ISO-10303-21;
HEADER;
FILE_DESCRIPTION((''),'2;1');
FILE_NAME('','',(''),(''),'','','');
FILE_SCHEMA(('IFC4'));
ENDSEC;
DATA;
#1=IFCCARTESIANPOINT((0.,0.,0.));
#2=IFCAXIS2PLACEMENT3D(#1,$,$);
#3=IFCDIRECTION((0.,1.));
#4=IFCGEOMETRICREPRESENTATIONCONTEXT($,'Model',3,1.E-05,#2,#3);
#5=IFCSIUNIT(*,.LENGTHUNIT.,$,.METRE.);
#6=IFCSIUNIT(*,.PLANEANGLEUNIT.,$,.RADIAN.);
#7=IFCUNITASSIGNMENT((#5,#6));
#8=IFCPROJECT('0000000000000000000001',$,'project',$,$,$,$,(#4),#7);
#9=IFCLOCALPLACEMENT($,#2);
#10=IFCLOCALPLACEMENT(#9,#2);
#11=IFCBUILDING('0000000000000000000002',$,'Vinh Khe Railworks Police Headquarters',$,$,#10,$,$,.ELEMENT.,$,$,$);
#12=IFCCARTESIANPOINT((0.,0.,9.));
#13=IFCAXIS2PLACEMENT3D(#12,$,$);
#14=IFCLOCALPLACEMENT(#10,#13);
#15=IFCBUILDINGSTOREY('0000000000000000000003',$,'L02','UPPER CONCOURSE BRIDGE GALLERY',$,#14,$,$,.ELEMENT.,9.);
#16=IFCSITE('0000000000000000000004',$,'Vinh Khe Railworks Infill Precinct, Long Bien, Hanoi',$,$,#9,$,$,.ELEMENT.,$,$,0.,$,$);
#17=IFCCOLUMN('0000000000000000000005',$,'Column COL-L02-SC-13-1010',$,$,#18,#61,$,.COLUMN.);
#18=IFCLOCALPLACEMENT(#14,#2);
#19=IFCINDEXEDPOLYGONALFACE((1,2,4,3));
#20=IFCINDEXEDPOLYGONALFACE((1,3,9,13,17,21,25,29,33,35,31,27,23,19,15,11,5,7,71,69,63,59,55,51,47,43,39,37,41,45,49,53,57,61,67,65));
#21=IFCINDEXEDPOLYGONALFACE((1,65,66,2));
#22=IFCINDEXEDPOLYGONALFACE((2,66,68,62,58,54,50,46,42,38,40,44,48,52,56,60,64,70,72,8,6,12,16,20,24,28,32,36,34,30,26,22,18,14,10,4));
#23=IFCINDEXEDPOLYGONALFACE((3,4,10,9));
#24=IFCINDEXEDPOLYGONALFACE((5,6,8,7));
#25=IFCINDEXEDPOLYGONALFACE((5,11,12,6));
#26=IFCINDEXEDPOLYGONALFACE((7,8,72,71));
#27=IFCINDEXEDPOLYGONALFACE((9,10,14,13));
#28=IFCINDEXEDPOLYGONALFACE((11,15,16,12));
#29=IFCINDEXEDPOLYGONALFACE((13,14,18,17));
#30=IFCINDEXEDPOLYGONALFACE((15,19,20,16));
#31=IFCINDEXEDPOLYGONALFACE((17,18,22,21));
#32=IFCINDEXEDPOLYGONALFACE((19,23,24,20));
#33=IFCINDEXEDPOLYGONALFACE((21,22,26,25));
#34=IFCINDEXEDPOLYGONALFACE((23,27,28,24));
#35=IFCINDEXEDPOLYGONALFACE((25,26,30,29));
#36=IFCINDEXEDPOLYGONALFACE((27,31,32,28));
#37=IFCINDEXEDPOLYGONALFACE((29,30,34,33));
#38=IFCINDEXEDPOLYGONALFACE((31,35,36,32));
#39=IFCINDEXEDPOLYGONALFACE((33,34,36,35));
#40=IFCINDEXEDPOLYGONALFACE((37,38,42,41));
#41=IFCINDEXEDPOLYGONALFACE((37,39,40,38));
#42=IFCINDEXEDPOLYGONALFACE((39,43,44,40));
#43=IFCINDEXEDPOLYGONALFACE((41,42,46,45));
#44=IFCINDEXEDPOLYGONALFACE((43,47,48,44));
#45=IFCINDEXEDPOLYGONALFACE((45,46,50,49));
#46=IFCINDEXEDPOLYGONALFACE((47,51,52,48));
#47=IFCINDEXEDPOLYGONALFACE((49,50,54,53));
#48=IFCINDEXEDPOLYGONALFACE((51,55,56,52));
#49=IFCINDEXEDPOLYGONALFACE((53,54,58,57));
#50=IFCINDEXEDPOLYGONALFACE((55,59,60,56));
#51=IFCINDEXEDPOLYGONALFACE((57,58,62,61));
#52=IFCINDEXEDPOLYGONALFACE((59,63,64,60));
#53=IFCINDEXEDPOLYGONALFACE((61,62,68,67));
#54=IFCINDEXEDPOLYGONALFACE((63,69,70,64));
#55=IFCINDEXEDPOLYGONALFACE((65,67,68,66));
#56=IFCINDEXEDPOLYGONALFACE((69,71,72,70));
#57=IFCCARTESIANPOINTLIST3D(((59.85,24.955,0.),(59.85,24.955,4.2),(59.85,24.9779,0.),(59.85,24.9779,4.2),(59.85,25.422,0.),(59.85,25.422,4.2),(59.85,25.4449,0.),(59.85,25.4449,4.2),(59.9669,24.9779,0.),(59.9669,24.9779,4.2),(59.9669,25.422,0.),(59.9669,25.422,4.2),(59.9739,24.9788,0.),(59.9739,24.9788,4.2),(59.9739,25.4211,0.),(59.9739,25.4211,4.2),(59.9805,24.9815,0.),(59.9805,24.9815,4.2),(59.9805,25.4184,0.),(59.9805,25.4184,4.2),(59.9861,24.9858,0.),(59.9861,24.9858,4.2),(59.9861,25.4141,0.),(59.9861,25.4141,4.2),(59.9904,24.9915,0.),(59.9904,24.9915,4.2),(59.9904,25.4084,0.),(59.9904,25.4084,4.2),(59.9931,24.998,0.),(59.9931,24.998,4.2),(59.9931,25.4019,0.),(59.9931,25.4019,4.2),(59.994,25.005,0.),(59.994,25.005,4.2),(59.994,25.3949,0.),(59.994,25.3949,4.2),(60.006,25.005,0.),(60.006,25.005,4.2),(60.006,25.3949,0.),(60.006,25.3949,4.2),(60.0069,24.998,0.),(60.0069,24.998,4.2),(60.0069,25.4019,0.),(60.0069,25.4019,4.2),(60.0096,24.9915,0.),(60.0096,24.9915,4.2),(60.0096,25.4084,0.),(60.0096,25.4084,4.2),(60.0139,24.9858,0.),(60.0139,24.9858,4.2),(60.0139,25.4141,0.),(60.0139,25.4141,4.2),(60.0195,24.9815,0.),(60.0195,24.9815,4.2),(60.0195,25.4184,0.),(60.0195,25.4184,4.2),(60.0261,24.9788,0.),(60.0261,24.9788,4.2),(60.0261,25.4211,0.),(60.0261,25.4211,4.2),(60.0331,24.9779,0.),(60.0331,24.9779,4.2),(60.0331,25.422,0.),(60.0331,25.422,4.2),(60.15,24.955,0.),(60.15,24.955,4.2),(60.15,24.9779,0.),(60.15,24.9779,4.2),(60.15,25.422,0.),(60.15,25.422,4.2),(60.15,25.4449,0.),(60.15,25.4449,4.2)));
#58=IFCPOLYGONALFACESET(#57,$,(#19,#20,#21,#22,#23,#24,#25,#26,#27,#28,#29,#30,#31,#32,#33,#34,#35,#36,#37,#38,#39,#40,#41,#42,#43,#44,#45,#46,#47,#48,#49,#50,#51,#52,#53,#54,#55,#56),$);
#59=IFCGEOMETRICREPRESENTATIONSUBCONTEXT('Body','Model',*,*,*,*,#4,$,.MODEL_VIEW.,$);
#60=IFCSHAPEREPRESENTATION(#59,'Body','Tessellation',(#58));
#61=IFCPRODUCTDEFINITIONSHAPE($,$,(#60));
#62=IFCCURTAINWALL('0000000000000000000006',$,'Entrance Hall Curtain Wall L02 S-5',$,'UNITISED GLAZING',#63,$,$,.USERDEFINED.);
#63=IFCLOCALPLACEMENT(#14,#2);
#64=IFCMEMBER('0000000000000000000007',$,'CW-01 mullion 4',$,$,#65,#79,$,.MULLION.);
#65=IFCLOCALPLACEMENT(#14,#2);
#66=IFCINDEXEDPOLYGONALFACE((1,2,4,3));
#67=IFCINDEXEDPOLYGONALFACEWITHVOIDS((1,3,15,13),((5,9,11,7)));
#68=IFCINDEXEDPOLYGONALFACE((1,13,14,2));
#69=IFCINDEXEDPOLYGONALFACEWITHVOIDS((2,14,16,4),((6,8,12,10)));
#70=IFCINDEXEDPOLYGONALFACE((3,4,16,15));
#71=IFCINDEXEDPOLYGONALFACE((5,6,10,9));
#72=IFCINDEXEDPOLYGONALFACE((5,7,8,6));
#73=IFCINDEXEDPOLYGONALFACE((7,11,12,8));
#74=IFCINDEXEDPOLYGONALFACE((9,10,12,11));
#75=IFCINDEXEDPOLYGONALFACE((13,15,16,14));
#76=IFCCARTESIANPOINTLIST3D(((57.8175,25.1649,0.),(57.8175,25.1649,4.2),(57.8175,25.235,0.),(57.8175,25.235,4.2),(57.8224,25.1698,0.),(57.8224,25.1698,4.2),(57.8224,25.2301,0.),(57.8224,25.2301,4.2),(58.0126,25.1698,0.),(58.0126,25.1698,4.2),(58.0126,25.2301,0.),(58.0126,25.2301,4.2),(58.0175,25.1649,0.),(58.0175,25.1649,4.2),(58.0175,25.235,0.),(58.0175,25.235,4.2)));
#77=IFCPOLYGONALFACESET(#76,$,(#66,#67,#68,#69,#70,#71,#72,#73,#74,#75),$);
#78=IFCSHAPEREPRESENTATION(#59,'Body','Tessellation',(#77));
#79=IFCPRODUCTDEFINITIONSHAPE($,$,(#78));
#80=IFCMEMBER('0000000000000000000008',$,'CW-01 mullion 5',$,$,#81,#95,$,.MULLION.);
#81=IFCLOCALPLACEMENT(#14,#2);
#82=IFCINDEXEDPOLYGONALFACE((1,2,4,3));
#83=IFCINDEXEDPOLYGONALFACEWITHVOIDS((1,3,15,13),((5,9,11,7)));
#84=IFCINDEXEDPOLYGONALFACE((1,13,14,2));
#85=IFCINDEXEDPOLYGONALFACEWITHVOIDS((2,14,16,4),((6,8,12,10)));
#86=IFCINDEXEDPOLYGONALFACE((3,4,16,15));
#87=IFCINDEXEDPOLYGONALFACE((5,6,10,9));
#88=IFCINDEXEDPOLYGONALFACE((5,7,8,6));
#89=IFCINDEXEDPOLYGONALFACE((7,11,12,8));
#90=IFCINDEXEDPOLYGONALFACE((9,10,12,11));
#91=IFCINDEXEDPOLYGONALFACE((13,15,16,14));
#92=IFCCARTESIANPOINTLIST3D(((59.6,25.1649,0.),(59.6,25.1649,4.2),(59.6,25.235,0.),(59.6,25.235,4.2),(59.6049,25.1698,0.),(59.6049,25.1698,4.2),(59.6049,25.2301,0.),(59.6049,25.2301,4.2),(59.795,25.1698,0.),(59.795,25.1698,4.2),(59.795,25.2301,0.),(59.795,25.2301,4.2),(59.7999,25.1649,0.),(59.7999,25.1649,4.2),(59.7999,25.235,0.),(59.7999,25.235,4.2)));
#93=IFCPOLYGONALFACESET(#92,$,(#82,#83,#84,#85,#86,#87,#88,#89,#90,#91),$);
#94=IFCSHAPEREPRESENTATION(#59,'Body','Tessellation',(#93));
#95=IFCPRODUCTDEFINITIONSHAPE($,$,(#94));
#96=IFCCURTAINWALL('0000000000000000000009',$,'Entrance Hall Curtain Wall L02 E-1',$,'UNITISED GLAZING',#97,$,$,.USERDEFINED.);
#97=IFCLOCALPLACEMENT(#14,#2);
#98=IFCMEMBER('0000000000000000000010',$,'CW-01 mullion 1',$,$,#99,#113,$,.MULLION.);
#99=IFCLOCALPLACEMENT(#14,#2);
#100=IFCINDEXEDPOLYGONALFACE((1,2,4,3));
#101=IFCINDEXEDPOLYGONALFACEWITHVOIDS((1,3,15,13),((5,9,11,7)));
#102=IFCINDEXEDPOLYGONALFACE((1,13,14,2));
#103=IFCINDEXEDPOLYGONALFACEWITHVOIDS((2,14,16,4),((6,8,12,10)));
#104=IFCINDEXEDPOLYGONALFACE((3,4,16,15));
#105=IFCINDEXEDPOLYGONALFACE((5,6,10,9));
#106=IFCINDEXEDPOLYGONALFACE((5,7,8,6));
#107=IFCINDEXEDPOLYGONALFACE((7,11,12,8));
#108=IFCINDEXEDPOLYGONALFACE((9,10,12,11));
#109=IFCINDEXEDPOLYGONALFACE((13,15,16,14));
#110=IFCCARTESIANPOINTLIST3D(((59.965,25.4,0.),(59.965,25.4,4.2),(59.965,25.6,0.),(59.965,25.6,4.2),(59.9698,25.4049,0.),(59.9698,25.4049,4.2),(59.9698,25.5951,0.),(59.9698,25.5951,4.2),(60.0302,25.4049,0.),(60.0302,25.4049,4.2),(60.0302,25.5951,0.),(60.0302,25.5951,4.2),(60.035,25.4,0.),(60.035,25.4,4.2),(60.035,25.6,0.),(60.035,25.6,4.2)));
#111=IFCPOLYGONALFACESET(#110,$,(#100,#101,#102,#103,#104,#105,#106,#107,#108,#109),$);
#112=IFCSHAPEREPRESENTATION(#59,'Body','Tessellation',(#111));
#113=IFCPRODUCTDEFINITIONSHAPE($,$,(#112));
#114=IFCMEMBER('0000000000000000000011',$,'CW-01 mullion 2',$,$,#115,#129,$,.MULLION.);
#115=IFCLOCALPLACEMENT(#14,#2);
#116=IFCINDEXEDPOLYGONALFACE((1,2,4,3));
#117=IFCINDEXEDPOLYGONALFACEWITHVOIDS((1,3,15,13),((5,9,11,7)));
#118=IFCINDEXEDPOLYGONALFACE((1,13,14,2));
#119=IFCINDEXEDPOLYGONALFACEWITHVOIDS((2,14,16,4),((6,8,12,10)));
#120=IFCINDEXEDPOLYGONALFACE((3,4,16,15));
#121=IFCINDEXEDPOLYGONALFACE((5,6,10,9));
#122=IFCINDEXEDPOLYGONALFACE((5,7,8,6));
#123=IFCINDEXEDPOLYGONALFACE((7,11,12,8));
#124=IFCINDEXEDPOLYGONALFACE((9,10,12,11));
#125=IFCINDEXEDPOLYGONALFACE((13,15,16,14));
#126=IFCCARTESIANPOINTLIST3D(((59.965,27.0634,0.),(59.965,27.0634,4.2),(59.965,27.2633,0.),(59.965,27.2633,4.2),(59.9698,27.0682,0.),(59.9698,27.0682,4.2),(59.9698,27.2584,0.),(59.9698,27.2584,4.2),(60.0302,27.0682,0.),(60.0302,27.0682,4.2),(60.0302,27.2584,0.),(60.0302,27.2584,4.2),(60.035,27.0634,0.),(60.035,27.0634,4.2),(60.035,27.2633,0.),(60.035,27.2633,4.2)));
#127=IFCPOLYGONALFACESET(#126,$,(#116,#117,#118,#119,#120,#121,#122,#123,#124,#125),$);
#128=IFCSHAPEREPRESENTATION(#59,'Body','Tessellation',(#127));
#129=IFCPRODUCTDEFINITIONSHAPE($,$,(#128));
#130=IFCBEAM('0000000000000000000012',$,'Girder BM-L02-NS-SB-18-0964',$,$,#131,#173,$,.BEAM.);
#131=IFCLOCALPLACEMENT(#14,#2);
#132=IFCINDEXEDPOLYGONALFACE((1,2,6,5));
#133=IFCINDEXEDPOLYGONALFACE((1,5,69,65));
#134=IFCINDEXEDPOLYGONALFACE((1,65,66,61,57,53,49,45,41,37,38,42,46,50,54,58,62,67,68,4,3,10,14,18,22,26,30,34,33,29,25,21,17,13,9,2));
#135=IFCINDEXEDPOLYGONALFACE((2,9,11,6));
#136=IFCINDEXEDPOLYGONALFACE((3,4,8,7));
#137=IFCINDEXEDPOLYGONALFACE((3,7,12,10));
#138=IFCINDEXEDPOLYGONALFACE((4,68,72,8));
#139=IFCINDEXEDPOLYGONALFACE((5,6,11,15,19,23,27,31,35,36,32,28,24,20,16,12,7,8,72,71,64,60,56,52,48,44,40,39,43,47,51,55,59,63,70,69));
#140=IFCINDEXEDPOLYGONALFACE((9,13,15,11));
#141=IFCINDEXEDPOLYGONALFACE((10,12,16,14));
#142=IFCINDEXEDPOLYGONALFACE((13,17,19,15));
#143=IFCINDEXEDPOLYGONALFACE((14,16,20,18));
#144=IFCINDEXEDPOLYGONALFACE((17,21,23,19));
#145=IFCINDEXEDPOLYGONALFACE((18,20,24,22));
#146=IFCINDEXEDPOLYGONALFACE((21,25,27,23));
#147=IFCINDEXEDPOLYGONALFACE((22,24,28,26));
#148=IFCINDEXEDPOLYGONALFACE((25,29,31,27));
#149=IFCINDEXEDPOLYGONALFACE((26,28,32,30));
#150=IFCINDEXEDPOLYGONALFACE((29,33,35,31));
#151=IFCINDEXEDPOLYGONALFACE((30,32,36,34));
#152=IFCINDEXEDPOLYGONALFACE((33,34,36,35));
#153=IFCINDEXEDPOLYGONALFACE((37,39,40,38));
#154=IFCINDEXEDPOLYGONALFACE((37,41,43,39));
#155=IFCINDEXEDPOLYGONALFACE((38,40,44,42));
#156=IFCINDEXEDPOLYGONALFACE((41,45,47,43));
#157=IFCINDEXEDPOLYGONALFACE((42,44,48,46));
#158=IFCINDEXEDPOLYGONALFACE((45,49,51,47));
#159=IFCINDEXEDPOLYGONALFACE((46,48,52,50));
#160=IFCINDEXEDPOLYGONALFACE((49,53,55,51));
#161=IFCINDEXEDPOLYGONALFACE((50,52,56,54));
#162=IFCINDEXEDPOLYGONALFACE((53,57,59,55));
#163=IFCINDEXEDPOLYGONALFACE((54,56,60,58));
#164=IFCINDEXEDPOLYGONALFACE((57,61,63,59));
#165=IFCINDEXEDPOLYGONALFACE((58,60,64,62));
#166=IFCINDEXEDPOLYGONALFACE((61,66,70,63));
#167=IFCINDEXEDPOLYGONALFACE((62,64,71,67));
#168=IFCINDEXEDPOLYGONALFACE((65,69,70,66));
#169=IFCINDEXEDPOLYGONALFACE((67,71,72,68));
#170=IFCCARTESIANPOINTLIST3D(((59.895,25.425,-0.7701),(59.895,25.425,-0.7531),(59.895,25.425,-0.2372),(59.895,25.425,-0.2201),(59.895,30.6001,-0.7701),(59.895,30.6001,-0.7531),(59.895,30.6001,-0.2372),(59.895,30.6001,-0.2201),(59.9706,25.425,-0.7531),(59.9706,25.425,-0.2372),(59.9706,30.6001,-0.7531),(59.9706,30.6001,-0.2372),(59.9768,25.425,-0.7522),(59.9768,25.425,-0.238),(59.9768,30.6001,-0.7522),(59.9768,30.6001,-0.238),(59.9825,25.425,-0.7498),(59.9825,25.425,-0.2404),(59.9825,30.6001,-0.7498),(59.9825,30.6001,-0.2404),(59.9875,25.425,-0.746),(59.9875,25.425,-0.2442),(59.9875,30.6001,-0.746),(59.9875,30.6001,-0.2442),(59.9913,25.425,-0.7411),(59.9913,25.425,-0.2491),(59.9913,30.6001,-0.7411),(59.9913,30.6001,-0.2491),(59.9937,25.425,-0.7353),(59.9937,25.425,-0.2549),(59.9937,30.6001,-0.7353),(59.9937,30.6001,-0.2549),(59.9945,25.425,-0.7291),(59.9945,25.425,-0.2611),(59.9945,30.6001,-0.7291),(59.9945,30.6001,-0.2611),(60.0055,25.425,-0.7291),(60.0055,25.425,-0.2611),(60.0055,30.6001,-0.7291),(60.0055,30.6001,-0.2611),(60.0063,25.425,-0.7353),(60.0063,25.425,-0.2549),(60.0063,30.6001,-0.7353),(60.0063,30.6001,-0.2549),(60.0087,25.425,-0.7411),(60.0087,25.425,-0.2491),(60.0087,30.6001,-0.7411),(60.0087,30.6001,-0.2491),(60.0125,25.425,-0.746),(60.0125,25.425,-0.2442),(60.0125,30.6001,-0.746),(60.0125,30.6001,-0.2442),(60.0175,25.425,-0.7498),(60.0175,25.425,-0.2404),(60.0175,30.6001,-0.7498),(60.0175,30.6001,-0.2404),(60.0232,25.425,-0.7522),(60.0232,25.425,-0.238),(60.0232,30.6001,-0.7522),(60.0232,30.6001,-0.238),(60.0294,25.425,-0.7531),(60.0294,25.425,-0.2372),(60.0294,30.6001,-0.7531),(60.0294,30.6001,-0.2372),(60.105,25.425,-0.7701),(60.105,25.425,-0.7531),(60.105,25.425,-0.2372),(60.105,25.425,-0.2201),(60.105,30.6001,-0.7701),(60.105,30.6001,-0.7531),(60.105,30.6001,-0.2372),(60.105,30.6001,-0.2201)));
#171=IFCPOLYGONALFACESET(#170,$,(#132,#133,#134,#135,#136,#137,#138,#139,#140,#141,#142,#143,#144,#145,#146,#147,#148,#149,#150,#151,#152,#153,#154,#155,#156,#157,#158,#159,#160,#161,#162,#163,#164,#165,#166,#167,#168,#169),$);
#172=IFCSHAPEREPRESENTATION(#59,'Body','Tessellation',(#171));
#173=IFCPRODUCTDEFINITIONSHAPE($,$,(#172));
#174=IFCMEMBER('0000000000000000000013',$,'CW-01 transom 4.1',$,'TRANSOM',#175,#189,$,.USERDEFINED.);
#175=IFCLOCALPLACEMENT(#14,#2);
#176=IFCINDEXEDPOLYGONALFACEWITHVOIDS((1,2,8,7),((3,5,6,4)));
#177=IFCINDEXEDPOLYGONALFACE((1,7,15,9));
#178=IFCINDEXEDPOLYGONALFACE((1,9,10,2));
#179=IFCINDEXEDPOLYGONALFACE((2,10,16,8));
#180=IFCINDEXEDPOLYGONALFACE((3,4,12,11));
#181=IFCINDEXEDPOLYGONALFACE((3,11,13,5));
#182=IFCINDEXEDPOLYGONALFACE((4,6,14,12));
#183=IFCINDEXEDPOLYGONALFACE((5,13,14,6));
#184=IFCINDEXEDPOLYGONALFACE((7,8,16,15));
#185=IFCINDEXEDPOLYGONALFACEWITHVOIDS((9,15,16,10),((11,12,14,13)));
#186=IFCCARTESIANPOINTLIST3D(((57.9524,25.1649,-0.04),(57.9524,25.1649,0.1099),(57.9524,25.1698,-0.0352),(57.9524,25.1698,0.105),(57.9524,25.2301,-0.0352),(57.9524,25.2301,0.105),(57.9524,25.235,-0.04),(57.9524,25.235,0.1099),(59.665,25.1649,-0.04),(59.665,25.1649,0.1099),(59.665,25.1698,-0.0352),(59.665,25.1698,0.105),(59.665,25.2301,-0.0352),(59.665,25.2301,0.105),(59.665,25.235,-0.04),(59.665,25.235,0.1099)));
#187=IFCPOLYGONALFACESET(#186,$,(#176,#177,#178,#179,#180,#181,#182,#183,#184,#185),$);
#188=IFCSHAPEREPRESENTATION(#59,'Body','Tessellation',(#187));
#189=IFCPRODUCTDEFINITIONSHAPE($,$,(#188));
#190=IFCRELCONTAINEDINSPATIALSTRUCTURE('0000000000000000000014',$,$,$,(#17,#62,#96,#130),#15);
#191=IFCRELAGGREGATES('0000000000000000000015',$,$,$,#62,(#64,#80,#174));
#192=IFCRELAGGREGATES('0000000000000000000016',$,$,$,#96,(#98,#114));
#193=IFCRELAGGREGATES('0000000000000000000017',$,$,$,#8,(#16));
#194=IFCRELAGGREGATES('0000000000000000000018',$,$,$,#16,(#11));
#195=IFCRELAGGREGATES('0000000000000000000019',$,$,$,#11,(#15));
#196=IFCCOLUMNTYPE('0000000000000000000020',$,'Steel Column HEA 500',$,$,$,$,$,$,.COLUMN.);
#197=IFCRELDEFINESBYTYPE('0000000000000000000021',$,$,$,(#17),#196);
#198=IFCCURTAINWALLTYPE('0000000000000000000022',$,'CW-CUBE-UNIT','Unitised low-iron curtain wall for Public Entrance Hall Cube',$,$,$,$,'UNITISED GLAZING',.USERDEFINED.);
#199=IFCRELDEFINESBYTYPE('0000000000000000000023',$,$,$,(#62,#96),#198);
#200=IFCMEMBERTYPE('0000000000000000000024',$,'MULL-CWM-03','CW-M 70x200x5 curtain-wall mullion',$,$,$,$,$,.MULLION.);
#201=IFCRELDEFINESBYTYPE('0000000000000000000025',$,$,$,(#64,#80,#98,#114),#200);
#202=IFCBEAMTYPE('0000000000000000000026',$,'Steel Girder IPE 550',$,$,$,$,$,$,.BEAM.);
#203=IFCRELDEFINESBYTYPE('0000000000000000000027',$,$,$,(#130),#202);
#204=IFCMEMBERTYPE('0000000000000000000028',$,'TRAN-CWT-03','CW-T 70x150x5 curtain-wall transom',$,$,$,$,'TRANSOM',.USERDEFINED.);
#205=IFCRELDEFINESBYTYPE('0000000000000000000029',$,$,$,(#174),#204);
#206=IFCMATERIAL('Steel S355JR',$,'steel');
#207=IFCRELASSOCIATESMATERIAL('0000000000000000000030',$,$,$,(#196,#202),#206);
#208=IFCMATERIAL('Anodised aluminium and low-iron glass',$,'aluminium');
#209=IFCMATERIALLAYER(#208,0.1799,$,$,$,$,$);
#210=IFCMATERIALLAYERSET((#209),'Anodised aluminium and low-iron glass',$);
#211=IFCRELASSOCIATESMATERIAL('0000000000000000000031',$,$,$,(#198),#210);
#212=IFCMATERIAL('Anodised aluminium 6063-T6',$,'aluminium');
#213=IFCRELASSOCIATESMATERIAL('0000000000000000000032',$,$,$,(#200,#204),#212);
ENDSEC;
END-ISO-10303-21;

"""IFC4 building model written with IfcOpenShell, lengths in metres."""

from ifc_helpers import new_model, si_unit, direction, frame, origin, origin_2d, place, context, subcontext, project, spatial, hollow_rectangle, i_section, extrude, material, layer, layer_set, material_profile, profile_set, type_object, element, aggregate, save


model = new_model("IFC4")

# Units and contexts
model_context = context("Model", 3, precision=1e-05, world=origin(), true_north=direction((0.0, 1.0)))
body_context = subcontext(model_context, "Body", "Model", "MODEL_VIEW")
ifc_project = project(units=[si_unit("LENGTHUNIT", "METRE"), si_unit("PLANEANGLEUNIT", "RADIAN")], contexts=[model_context])

# Site, building, storey
site_placement = place(None, origin())
site = spatial("IfcSite", under=ifc_project, at=site_placement, Name="Vinh Khe Railworks Infill Precinct, Long Bien, Hanoi", CompositionType="ELEMENT", RefElevation=0.0)
building_placement = place(site_placement, origin())
building = spatial("IfcBuilding", under=site, at=building_placement, Name="Vinh Khe Railworks Police Headquarters", CompositionType="ELEMENT")
storey_placement = place(building_placement, frame((0.0, 0.0, 9.0)))
storey = spatial("IfcBuildingStorey", under=building, at=storey_placement, Name="L02", Description="UPPER CONCOURSE BRIDGE GALLERY", CompositionType="ELEMENT", Elevation=9.0)

# Column
ifc_material_1 = material(Name="Steel S355JR", Category="steel")
ifc_material_profile_1 = material_profile(ifc_material_1, i_section(OverallWidth=0.3, OverallDepth=0.49, WebThickness=0.012, FlangeThickness=0.0229, FilletRadius=0.0271, at=origin_2d()), Name="HEA 500")
ifc_profile_set_1 = profile_set([ifc_material_profile_1], Name="Steel S355JR")
column_type = type_object("IfcColumnType", Name="Steel Column HEA 500", PredefinedType="COLUMN", material=ifc_profile_set_1)
column_placement = place(storey_placement, frame((60.0, 25.2, 0.0), z_axis=(0.0, 0.0, 1.0), x_axis=(1.0, 0.0, 0.0)))
element("IfcColumn", 1, at=column_placement, inside=storey, type_object=column_type, Name="Column COL-L02-SC-13-1010", PredefinedType="COLUMN", context=body_context, shape_type="SweptSolid", body=[
    extrude(i_section(OverallWidth=0.3, OverallDepth=0.49, WebThickness=0.012, FlangeThickness=0.0229, FilletRadius=0.0271, at=origin_2d()), origin(), (0.0, 0.0, 1.0), 4.2),
])

# Curtain walls, members
ifc_material_2 = material(Name="Anodised aluminium and low-iron glass", Category="aluminium")
ifc_layer_1 = layer(ifc_material_2, 0.1799)
ifc_layer_set_1 = layer_set([ifc_layer_1], Name="Anodised aluminium and low-iron glass")
curtain_wall_type = type_object("IfcCurtainWallType", Name="CW-CUBE-UNIT", Description="Unitised low-iron curtain wall for Public Entrance Hall Cube", ElementType="UNITISED GLAZING", PredefinedType="USERDEFINED", material=ifc_layer_set_1)
curtain_wall_1_placement = place(storey_placement, origin())
curtain_wall_1 = element("IfcCurtainWall", 2, at=curtain_wall_1_placement, inside=storey, type_object=curtain_wall_type, Name="Entrance Hall Curtain Wall L02 S-5", ObjectType="UNITISED GLAZING", PredefinedType="USERDEFINED")
ifc_material_3 = material(Name="Anodised aluminium 6063-T6", Category="aluminium")
ifc_material_profile_2 = material_profile(ifc_material_3, hollow_rectangle(XDim=0.0701, YDim=0.2, WallThickness=0.0049, at=origin_2d()), Name="CW-M 70x200x5")
ifc_profile_set_2 = profile_set([ifc_material_profile_2], Name="Anodised aluminium 6063-T6")
member_type_1 = type_object("IfcMemberType", Name="MULL-CWM-03", Description="CW-M 70x200x5 curtain-wall mullion", PredefinedType="MULLION", material=ifc_profile_set_2)
member_1_placement = place(storey_placement, frame((57.9175, 25.2, 0.0), z_axis=(0.0, 0.0, 1.0), x_axis=(0.0, 1.0, 0.0)))
member_1 = element("IfcMember", 3, at=member_1_placement, type_object=member_type_1, Name="CW-01 mullion 4", PredefinedType="MULLION", context=body_context, shape_type="SweptSolid", body=[
    extrude(hollow_rectangle(XDim=0.0701, YDim=0.2, WallThickness=0.0049, at=origin_2d()), origin(), (0.0, 0.0, 1.0), 4.2),
])
member_2_placement = place(storey_placement, frame((59.7, 25.2, 0.0), z_axis=(0.0, 0.0, 1.0), x_axis=(0.0, 1.0, 0.0)))
member_2 = element("IfcMember", 4, at=member_2_placement, type_object=member_type_1, Name="CW-01 mullion 5", PredefinedType="MULLION", context=body_context, shape_type="SweptSolid", body=[
    extrude(hollow_rectangle(XDim=0.0701, YDim=0.2, WallThickness=0.0049, at=origin_2d()), origin(), (0.0, 0.0, 1.0), 4.2),
])
curtain_wall_2_placement = place(storey_placement, origin())
curtain_wall_2 = element("IfcCurtainWall", 5, at=curtain_wall_2_placement, inside=storey, type_object=curtain_wall_type, Name="Entrance Hall Curtain Wall L02 E-1", ObjectType="UNITISED GLAZING", PredefinedType="USERDEFINED")
member_3_placement = place(storey_placement, frame((60.0, 25.5, 0.0), z_axis=(0.0, 0.0, 1.0), x_axis=(-1.0, 0.0, 0.0)))
member_3 = element("IfcMember", 6, at=member_3_placement, type_object=member_type_1, Name="CW-01 mullion 1", PredefinedType="MULLION", context=body_context, shape_type="SweptSolid", body=[
    extrude(hollow_rectangle(XDim=0.0701, YDim=0.2, WallThickness=0.0049, at=origin_2d()), origin(), (0.0, 0.0, 1.0), 4.2),
])
member_4_placement = place(storey_placement, frame((60.0, 27.1633, 0.0), z_axis=(0.0, 0.0, 1.0), x_axis=(-1.0, 0.0, 0.0)))
member_4 = element("IfcMember", 7, at=member_4_placement, type_object=member_type_1, Name="CW-01 mullion 2", PredefinedType="MULLION", context=body_context, shape_type="SweptSolid", body=[
    extrude(hollow_rectangle(XDim=0.0701, YDim=0.2, WallThickness=0.0049, at=origin_2d()), origin(), (0.0, 0.0, 1.0), 4.2),
])

# Beam
ifc_material_profile_3 = material_profile(ifc_material_1, i_section(OverallWidth=0.21, OverallDepth=0.55, WebThickness=0.011, FlangeThickness=0.0171, FilletRadius=0.0239, at=origin_2d()), Name="IPE 550")
ifc_profile_set_3 = profile_set([ifc_material_profile_3], Name="Steel S355JR")
beam_type = type_object("IfcBeamType", Name="Steel Girder IPE 550", PredefinedType="BEAM", material=ifc_profile_set_3)
beam_placement = place(storey_placement, frame((60.0, 25.425, -0.4951), z_axis=(0.0, 1.0, 0.0), x_axis=(-1.0, 0.0, 0.0)))
element("IfcBeam", 8, at=beam_placement, inside=storey, type_object=beam_type, Name="Girder BM-L02-NS-SB-18-0964", PredefinedType="BEAM", context=body_context, shape_type="SweptSolid", body=[
    extrude(i_section(OverallWidth=0.21, OverallDepth=0.55, WebThickness=0.011, FlangeThickness=0.0171, FilletRadius=0.0239, at=origin_2d()), origin(), (0.0, 0.0, 1.0), 5.175),
])

# Member
ifc_material_profile_4 = material_profile(ifc_material_3, hollow_rectangle(XDim=0.0701, YDim=0.1499, WallThickness=0.0049, at=origin_2d()), Name="CW-T 70x150x5")
ifc_profile_set_4 = profile_set([ifc_material_profile_4], Name="Anodised aluminium 6063-T6")
member_type_2 = type_object("IfcMemberType", Name="TRAN-CWT-03", Description="CW-T 70x150x5 curtain-wall transom", ElementType="TRANSOM", PredefinedType="USERDEFINED", material=ifc_profile_set_4)
member_5_placement = place(storey_placement, frame((57.9524, 25.2, 0.0349), z_axis=(1.0, 0.0, 0.0), x_axis=(0.0, 1.0, 0.0)))
member_5 = element("IfcMember", 9, at=member_5_placement, type_object=member_type_2, Name="CW-01 transom 4.1", ObjectType="TRANSOM", PredefinedType="USERDEFINED", context=body_context, shape_type="SweptSolid", body=[
    extrude(hollow_rectangle(XDim=0.0701, YDim=0.1499, WallThickness=0.0049, at=origin_2d()), origin(), (0.0, 0.0, 1.0), 1.7126),
])

aggregate(curtain_wall_1, [member_1, member_2, member_5])
aggregate(curtain_wall_2, [member_3, member_4])

save(model, "model.ifc")
